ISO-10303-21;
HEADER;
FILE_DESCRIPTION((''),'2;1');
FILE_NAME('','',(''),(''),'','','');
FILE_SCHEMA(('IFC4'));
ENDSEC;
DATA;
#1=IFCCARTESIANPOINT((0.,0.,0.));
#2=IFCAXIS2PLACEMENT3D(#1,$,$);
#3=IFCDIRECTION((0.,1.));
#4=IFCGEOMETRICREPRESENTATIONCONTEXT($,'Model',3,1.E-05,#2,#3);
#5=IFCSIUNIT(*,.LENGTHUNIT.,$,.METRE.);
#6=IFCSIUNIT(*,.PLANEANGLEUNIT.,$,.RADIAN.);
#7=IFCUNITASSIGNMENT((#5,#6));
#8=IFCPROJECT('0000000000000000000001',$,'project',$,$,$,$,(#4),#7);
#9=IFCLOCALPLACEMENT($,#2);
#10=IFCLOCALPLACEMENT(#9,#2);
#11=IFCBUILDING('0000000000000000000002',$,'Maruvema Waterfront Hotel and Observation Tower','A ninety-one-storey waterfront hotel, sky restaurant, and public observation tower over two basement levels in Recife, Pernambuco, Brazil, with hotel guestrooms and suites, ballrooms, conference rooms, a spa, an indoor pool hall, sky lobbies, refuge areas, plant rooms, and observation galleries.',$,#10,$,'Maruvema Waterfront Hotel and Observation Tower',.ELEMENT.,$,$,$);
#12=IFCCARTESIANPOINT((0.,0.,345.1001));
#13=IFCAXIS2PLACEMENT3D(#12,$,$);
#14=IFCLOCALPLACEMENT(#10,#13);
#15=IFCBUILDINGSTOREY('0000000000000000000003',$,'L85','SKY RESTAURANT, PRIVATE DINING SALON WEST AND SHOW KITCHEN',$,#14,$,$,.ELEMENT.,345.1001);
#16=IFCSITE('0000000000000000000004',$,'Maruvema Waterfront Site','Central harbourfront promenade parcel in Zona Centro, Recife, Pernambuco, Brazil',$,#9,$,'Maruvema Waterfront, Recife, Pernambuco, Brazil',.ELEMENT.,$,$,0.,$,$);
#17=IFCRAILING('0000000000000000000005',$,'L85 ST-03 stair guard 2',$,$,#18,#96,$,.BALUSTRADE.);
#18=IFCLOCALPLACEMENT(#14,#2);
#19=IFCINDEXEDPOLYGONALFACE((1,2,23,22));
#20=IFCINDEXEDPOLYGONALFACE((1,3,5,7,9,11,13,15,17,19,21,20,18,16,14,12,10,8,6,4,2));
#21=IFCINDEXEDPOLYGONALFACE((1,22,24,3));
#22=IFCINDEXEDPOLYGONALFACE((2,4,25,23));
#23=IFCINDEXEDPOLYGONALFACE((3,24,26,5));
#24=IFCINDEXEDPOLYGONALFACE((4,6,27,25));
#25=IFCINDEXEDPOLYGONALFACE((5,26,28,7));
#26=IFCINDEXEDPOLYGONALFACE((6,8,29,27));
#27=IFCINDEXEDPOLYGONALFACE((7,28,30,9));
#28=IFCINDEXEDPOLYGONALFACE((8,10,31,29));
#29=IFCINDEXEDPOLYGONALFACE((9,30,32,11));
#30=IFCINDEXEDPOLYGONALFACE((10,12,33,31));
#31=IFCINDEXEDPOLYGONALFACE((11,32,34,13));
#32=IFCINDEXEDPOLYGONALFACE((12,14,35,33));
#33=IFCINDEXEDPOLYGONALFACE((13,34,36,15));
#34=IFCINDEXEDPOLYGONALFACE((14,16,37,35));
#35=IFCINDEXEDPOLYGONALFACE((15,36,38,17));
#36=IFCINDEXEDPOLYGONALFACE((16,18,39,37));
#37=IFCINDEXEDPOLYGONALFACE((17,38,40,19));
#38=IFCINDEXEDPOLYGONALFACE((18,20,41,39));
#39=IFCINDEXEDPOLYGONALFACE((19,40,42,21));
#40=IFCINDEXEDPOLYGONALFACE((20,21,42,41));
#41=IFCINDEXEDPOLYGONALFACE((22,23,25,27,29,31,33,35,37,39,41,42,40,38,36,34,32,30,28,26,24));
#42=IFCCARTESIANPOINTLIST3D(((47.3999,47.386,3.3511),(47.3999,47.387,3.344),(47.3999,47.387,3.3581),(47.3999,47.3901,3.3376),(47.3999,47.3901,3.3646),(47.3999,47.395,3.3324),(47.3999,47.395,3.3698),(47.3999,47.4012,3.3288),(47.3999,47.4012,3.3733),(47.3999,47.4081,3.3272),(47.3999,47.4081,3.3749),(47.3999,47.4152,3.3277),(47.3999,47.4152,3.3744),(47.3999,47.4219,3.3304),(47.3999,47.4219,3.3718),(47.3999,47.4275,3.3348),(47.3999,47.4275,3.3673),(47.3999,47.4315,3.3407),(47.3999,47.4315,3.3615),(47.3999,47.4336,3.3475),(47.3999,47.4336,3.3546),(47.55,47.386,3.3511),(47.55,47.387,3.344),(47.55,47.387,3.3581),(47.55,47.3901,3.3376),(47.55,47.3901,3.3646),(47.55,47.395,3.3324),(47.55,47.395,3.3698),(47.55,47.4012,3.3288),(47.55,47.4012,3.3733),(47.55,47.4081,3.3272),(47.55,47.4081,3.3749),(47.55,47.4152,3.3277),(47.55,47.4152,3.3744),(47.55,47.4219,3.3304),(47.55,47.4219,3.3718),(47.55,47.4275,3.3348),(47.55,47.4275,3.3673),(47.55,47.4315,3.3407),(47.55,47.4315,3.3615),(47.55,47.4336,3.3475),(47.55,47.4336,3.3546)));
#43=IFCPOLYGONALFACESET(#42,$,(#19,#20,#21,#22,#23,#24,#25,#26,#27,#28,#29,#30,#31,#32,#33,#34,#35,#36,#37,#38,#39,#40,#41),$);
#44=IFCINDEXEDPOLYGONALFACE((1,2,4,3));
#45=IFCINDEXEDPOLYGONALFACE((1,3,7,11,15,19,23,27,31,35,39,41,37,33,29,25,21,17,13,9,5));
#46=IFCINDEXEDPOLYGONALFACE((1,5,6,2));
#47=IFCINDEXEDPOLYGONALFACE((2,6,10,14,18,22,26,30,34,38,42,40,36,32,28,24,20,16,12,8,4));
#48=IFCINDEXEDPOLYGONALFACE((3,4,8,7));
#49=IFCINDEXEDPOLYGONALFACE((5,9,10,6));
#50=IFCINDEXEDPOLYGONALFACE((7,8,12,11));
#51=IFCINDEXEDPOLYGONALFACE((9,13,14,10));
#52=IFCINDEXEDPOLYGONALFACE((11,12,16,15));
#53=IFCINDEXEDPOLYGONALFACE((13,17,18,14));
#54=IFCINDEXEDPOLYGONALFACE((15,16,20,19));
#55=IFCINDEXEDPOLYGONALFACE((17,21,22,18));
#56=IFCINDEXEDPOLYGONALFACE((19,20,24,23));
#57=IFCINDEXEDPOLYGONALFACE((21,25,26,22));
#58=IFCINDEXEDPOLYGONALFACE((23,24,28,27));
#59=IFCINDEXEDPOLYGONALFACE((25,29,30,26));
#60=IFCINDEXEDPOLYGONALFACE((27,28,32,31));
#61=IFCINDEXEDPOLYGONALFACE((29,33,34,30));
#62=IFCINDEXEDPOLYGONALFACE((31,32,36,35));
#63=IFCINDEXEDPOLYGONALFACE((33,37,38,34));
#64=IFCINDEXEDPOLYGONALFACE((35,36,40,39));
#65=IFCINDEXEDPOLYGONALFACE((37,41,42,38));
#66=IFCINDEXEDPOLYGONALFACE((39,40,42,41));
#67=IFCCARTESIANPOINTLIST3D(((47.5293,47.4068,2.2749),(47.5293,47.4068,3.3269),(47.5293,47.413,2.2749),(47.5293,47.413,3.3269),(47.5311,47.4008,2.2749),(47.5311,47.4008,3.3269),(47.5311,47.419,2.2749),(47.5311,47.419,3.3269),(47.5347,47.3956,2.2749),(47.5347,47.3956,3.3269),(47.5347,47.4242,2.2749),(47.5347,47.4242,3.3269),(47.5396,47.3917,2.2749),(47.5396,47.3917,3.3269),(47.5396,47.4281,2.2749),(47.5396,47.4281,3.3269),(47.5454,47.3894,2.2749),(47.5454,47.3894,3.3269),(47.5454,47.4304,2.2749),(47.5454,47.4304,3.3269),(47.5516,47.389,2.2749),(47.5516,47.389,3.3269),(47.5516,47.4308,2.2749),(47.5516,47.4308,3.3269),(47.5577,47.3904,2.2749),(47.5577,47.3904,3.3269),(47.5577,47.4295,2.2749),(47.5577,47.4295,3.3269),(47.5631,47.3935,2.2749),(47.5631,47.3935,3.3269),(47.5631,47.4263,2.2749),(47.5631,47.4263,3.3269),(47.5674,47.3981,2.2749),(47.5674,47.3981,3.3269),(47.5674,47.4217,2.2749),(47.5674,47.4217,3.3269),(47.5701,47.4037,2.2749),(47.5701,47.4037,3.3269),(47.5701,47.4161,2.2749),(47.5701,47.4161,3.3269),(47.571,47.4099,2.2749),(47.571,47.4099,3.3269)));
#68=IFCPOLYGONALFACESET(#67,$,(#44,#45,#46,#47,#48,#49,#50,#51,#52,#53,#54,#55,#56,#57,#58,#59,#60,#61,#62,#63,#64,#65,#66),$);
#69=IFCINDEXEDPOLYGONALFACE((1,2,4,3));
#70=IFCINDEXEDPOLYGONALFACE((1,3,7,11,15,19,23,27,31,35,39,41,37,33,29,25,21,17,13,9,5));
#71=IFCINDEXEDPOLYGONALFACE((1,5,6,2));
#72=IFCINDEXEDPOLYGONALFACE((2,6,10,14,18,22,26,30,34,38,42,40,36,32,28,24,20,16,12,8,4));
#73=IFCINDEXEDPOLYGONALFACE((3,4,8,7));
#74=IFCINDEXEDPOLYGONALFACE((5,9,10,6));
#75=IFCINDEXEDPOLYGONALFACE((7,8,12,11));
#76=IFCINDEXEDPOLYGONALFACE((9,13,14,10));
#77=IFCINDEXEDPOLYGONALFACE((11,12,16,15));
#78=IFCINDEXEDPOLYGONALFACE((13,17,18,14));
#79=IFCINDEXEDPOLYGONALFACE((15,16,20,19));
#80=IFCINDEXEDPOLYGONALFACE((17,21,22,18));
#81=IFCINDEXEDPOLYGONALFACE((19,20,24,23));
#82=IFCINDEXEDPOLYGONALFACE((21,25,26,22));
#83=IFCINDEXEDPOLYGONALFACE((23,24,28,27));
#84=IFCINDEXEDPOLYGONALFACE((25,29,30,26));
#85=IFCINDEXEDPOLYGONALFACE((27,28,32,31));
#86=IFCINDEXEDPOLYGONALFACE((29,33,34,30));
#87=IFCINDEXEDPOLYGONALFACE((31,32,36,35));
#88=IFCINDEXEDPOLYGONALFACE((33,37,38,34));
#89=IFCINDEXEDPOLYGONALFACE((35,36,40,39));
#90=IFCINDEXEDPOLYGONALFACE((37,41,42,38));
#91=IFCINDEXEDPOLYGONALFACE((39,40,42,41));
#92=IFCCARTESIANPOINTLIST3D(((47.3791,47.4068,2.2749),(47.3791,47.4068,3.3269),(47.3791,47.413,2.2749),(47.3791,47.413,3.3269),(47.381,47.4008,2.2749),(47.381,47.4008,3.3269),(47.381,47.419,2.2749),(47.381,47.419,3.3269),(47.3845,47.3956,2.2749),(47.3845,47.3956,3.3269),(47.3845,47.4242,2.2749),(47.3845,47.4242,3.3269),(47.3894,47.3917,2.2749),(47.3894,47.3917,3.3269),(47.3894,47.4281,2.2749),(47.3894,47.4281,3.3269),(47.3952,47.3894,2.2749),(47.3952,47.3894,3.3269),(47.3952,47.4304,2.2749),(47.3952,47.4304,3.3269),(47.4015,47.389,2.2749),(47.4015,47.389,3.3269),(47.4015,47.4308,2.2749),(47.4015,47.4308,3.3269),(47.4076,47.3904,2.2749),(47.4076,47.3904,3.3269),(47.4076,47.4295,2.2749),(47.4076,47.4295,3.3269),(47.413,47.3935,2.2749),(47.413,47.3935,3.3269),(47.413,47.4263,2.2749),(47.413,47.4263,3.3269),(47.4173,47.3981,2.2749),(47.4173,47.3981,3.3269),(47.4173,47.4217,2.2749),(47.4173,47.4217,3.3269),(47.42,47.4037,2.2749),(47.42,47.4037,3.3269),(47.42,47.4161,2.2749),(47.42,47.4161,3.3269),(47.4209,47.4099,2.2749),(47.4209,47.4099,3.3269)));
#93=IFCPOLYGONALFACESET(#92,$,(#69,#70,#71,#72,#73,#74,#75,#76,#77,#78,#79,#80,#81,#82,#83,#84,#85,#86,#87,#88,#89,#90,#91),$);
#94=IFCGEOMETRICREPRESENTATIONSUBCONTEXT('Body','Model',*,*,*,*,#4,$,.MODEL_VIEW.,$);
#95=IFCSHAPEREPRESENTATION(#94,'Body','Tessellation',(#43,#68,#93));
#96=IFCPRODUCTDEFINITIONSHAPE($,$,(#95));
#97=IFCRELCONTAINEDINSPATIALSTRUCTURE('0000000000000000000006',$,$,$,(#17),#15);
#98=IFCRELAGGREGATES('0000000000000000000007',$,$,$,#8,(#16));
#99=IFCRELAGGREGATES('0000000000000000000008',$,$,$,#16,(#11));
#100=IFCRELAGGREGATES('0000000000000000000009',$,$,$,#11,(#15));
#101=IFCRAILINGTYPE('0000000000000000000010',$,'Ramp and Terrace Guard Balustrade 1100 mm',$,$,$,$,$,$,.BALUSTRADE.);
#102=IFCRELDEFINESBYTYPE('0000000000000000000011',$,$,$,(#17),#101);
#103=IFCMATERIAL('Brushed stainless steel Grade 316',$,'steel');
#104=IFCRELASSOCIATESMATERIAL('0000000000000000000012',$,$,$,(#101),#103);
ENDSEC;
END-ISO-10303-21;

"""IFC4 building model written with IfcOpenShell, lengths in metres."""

from ifc_helpers import new_model, si_unit, direction, frame, origin, origin_2d, place, context, subcontext, project, spatial, circle, extrude, material, type_object, element, save


model = new_model("IFC4")

# Units and contexts
model_context = context("Model", 3, precision=1e-05, world=origin(), true_north=direction((0.0, 1.0)))
body_context = subcontext(model_context, "Body", "Model", "MODEL_VIEW")
ifc_project = project(units=[si_unit("LENGTHUNIT", "METRE"), si_unit("PLANEANGLEUNIT", "RADIAN")], contexts=[model_context])

# Site, building, storey
site_placement = place(None, origin())
site = spatial("IfcSite", under=ifc_project, at=site_placement, Name="Maruvema Waterfront Site", Description="Central harbourfront promenade parcel in Zona Centro, Recife, Pernambuco, Brazil", LongName="Maruvema Waterfront, Recife, Pernambuco, Brazil", CompositionType="ELEMENT", RefElevation=0.0)
building_placement = place(site_placement, origin())
building = spatial("IfcBuilding", under=site, at=building_placement, Name="Maruvema Waterfront Hotel and Observation Tower", Description="A ninety-one-storey waterfront hotel, sky restaurant, and public observation tower over two basement levels in Recife, Pernambuco, Brazil, with hotel guestrooms and suites, ballrooms, conference rooms, a spa, an indoor pool hall, sky lobbies, refuge areas, plant rooms, and observation galleries.", LongName="Maruvema Waterfront Hotel and Observation Tower", CompositionType="ELEMENT")
storey_placement = place(building_placement, frame((0.0, 0.0, 345.1001)))
storey = spatial("IfcBuildingStorey", under=building, at=storey_placement, Name="L85", Description="SKY RESTAURANT, PRIVATE DINING SALON WEST AND SHOW KITCHEN", CompositionType="ELEMENT", Elevation=345.1001)

# Railing
ifc_material_1 = material(Name="Brushed stainless steel Grade 316", Category="steel")
railing_type_1 = type_object("IfcRailingType", Name="Ramp and Terrace Guard Balustrade 1100 mm", PredefinedType="BALUSTRADE", material=ifc_material_1)
railing_1_placement = place(storey_placement, frame((47.55, 47.4099, 2.2749)))
element("IfcRailing", 1, at=railing_1_placement, inside=storey, type_object=railing_type_1, Name="L85 ST-03 stair guard 2", PredefinedType="BALUSTRADE", context=body_context, shape_type="SweptSolid", body=[
    extrude(circle(Radius=0.0239, at=origin_2d()), frame((0.0, 0.0, 1.0762), z_axis=(-1.0, 0.0, 0.0), x_axis=(0.0, -1.0, 0.0)), (0.0, 0.0, 1.0), 0.1501),
    extrude(circle(Radius=0.021, at=origin_2d()), origin(), (0.0, 0.0, 1.0), 1.052),
    extrude(circle(Radius=0.021, at=origin_2d()), frame((-0.1501, 0.0, 0.0)), (0.0, 0.0, 1.0), 1.052),
])

save(model, "model.ifc")
